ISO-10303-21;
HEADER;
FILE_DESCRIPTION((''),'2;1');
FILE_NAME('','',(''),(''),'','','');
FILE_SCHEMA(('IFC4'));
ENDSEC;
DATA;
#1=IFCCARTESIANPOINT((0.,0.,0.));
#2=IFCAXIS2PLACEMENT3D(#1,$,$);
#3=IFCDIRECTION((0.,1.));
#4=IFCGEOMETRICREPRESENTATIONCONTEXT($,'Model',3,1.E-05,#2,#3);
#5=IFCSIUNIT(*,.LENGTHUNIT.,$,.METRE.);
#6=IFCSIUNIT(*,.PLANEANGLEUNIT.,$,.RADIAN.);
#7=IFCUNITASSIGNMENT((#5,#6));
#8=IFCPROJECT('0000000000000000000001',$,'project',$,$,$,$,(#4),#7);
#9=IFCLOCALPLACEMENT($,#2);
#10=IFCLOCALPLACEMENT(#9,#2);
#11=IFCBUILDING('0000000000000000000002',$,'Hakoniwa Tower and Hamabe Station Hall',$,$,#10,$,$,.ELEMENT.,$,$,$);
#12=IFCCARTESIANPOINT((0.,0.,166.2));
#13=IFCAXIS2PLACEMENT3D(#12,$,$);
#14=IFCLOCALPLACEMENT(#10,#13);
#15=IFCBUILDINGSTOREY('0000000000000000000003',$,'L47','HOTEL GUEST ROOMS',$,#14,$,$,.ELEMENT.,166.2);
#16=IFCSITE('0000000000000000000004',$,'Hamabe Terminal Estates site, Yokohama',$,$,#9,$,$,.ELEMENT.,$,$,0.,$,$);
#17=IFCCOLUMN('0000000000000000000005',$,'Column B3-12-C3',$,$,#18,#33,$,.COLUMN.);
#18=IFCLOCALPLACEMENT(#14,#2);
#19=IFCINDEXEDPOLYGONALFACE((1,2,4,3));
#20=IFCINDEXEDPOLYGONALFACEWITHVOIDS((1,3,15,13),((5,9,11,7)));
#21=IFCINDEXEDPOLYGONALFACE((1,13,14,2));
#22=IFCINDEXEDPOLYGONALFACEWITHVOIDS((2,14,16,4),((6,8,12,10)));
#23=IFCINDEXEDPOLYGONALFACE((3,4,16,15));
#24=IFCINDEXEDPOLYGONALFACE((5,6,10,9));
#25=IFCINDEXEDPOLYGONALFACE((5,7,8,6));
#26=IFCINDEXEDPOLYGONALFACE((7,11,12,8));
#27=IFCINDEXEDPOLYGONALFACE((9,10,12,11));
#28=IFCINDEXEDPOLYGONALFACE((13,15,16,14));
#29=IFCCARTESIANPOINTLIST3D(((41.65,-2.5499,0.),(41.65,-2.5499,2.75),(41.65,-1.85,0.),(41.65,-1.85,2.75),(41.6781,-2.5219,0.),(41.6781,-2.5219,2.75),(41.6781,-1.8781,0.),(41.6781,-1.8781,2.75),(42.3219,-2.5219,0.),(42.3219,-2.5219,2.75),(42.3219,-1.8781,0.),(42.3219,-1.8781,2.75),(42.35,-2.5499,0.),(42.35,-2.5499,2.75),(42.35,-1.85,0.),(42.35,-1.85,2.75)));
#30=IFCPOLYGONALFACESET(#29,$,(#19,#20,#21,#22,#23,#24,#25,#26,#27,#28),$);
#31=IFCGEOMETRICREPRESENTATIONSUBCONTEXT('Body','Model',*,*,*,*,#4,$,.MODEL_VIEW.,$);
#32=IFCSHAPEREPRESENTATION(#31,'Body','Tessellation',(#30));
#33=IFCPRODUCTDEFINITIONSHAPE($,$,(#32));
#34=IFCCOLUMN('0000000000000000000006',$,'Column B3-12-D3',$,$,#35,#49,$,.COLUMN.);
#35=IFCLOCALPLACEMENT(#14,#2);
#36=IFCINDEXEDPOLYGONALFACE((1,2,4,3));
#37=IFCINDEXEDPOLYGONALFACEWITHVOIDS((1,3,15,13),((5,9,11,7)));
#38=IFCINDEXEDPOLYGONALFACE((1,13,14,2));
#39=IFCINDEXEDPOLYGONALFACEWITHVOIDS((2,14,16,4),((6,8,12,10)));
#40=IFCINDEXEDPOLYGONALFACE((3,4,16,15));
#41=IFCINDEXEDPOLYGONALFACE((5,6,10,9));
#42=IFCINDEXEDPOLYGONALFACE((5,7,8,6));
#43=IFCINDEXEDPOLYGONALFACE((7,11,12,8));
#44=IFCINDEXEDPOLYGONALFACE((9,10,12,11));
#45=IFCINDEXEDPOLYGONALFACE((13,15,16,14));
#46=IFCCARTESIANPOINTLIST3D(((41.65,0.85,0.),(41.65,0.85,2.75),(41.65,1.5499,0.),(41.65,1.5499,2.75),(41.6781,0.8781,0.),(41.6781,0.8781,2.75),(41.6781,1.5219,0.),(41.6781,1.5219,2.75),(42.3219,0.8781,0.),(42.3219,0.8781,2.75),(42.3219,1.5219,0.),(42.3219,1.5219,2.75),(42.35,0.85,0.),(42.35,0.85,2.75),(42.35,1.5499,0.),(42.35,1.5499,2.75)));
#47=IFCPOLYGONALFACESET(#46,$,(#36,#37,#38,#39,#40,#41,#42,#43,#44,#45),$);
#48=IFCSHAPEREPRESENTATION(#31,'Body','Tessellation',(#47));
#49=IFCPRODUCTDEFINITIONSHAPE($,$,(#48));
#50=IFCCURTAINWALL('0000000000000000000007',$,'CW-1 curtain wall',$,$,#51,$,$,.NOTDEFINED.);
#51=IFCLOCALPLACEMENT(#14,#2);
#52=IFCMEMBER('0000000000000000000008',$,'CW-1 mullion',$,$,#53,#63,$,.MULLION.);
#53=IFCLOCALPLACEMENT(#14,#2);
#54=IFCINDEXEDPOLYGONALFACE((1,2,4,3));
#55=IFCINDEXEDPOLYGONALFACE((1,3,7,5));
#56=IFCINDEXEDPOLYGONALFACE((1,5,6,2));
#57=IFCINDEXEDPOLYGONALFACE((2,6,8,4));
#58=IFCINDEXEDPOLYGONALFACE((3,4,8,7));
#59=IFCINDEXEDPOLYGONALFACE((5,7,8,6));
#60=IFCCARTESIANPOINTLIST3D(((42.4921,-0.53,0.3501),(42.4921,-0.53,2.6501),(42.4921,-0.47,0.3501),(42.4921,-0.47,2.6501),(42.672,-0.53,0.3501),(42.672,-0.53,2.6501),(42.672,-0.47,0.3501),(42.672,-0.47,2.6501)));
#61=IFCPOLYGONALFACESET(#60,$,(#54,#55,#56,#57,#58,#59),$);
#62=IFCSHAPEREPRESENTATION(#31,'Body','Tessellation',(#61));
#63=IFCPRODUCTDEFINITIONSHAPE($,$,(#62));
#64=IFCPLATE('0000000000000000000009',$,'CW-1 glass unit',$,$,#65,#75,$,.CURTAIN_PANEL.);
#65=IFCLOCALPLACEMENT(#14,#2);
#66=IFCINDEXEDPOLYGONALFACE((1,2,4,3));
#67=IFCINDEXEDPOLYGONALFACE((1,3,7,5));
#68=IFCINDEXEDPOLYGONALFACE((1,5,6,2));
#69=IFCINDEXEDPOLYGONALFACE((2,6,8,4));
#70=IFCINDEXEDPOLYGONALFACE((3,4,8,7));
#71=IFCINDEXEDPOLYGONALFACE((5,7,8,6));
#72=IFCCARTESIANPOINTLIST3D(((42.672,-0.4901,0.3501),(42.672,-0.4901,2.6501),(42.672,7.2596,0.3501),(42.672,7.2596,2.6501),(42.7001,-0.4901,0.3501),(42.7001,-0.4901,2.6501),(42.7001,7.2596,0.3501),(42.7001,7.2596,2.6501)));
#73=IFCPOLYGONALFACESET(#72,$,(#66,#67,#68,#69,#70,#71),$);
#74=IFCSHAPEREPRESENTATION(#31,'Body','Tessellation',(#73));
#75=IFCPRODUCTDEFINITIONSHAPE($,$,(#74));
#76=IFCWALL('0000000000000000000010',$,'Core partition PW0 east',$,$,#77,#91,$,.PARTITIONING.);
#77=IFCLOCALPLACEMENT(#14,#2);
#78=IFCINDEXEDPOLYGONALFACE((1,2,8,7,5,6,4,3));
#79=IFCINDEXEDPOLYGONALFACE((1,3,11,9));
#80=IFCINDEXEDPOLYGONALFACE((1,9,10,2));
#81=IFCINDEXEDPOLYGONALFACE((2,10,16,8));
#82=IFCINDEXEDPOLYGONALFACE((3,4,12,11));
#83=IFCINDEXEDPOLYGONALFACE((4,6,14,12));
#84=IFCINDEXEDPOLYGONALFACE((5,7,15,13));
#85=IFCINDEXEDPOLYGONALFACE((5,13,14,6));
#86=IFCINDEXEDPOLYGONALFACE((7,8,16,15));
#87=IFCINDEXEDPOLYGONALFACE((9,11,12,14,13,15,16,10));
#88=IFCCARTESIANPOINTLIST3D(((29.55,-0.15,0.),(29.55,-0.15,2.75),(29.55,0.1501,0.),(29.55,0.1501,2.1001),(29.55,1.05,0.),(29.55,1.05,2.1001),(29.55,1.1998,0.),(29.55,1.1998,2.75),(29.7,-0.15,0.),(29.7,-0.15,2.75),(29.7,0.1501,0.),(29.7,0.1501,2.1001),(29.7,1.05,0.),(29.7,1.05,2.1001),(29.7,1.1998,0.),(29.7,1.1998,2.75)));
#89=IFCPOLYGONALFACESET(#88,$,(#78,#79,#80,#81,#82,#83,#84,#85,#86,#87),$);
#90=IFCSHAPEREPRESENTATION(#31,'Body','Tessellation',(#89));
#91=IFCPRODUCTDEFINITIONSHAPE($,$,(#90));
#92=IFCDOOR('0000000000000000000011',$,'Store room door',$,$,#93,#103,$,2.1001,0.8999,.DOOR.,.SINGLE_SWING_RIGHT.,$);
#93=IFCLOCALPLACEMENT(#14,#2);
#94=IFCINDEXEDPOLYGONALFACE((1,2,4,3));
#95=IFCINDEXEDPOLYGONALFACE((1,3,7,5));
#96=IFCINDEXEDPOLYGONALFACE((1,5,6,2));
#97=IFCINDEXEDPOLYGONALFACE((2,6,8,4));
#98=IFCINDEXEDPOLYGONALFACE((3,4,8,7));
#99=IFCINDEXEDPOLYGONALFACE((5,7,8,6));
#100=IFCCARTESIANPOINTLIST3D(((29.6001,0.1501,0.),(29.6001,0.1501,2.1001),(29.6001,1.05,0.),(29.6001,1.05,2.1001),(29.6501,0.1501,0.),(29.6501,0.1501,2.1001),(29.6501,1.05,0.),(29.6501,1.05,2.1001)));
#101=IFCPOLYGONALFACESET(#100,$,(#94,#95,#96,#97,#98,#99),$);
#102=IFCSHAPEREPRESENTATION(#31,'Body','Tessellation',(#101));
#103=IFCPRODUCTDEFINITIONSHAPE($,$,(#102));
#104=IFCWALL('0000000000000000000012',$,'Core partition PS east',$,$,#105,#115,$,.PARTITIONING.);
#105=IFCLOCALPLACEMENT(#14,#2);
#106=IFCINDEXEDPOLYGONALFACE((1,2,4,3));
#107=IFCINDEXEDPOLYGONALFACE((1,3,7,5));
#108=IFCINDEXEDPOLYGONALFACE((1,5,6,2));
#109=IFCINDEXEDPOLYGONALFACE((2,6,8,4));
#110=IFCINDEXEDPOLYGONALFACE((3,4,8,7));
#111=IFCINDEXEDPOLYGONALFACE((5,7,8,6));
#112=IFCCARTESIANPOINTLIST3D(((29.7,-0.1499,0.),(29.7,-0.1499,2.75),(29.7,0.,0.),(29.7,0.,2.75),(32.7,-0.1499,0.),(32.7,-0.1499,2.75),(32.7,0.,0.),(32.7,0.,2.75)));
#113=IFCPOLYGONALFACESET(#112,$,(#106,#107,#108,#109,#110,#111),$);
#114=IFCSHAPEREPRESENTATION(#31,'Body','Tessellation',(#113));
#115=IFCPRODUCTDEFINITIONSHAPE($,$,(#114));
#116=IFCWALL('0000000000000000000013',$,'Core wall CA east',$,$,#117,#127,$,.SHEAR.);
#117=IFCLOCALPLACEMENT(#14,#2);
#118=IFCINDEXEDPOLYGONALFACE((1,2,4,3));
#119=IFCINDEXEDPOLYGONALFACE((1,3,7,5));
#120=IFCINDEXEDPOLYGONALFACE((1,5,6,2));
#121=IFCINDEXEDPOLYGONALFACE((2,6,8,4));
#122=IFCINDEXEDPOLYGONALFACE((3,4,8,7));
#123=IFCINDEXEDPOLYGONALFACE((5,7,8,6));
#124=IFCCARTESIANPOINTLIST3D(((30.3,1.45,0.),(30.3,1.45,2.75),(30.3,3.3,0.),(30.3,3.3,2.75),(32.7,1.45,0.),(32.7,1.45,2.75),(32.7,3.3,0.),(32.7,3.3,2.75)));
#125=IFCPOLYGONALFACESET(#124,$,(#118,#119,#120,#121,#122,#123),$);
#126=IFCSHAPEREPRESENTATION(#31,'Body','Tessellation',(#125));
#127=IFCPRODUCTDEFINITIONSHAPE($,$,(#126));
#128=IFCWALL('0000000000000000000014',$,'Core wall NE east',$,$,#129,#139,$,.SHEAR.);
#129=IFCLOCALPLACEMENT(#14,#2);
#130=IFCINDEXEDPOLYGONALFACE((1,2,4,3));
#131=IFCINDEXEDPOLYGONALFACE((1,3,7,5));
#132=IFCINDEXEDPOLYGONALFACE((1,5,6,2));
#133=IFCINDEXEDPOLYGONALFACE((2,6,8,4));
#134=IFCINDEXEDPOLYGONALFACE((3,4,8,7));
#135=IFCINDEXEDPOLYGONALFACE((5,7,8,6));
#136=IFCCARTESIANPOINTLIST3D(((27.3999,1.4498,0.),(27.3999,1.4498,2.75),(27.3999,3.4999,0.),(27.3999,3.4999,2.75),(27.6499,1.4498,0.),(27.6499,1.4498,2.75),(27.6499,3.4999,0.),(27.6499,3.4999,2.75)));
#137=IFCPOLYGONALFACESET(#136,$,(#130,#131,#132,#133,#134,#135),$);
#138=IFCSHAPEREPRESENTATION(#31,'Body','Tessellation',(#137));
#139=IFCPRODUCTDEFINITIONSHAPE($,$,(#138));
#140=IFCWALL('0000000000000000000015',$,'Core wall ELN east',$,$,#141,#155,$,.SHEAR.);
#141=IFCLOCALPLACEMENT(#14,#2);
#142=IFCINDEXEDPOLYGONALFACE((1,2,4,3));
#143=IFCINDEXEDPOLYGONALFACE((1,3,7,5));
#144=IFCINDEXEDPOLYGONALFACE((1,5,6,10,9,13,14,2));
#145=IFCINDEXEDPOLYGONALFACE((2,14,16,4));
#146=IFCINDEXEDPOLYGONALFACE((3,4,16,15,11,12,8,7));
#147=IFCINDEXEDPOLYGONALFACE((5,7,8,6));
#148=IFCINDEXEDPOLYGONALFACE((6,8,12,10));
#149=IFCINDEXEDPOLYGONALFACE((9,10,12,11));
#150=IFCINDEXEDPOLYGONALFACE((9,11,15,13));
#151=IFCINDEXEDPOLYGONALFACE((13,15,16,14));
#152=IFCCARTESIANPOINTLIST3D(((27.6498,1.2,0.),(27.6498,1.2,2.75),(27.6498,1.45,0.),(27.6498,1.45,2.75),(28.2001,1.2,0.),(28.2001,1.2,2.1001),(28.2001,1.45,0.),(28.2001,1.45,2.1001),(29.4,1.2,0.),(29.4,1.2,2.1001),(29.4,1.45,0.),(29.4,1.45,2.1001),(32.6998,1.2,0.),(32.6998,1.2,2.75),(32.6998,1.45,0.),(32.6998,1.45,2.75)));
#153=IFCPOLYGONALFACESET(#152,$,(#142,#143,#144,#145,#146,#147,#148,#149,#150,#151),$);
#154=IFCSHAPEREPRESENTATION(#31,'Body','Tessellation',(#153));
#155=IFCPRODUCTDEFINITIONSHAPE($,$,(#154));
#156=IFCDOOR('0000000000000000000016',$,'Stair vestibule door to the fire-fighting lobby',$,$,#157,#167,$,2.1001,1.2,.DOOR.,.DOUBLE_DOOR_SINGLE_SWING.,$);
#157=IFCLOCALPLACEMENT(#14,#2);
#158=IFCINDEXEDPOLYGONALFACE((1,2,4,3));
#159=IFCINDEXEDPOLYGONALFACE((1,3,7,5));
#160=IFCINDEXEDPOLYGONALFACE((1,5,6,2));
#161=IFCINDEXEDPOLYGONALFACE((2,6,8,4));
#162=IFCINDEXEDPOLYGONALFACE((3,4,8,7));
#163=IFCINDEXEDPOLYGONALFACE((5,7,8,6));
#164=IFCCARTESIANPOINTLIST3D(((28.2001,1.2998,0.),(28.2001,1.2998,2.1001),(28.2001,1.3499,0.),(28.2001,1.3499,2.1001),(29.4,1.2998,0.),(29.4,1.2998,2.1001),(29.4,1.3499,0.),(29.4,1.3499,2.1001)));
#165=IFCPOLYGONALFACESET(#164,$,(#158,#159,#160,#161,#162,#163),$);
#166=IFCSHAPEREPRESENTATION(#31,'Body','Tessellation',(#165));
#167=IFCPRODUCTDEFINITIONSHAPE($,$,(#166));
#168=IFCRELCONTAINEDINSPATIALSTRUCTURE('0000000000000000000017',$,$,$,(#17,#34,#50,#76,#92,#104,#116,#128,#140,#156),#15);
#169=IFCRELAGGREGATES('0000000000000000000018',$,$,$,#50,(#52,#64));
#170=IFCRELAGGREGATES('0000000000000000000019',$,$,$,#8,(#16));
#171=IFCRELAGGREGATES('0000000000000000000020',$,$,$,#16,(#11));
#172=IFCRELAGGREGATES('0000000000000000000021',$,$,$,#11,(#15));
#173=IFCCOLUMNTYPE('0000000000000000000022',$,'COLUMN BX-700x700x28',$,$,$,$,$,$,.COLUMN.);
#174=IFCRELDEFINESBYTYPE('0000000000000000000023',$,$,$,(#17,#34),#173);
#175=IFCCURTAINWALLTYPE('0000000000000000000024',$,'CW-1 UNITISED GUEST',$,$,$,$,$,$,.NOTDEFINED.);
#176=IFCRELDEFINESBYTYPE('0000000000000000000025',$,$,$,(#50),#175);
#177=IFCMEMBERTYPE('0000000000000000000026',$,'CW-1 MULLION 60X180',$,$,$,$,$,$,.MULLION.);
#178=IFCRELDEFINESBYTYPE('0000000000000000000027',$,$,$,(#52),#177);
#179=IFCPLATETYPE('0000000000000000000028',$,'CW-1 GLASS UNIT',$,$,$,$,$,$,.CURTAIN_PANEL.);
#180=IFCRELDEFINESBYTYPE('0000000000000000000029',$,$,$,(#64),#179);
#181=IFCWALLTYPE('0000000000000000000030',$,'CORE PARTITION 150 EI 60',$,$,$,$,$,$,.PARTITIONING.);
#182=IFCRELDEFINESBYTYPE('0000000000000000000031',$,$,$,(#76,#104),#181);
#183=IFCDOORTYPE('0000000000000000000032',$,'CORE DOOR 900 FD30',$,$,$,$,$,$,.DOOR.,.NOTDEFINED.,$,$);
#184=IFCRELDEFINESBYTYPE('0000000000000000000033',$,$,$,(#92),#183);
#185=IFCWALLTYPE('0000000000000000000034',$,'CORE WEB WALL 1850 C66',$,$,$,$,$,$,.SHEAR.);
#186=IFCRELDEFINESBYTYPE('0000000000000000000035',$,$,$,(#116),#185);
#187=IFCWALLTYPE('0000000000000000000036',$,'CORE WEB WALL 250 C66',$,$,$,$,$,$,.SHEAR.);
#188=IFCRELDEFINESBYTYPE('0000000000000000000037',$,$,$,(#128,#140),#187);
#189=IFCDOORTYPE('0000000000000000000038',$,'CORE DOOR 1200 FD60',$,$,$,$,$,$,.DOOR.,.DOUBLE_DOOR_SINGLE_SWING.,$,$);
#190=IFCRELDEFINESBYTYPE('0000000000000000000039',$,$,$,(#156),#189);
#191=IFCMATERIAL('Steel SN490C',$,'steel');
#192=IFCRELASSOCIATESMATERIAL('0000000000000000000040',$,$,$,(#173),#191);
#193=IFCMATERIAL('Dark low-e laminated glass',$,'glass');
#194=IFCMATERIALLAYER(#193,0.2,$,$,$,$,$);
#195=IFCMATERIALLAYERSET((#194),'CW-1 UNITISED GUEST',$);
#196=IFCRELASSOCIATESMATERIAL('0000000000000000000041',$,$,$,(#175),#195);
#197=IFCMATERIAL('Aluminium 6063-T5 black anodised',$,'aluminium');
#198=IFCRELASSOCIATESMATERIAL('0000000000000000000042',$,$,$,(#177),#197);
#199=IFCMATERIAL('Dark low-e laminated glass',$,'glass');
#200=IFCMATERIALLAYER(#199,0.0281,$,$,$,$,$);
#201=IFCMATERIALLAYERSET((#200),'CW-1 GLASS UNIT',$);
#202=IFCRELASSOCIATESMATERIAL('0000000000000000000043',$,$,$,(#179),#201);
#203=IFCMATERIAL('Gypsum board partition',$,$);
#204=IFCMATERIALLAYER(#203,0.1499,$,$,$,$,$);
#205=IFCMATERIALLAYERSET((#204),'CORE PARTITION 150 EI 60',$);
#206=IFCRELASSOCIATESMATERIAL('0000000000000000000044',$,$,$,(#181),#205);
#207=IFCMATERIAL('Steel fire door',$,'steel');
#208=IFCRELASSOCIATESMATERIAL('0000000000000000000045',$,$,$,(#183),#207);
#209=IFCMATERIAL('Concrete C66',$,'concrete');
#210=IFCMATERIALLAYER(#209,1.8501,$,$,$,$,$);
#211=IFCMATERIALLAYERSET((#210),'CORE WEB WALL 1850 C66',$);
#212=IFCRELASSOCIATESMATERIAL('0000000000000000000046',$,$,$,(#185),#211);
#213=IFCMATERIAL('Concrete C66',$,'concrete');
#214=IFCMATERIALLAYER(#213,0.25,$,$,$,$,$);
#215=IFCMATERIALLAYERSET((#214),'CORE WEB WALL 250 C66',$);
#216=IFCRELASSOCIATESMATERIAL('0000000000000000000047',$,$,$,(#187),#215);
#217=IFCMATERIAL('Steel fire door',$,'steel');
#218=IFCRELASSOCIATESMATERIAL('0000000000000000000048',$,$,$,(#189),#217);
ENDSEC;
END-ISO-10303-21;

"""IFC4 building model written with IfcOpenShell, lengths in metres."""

from ifc_helpers import new_model, si_unit, direction, frame, frame_2d, origin, origin_2d, place, context, subcontext, project, spatial, rectangle, hollow_rectangle, extrude, material, layer, layer_set, material_profile, profile_set, type_object, element, fill, aggregate, save


model = new_model("IFC4")

# Units and contexts
model_context = context("Model", 3, precision=1e-05, world=origin(), true_north=direction((0.0, 1.0)))
body_context = subcontext(model_context, "Body", "Model", "MODEL_VIEW")
ifc_project = project(units=[si_unit("LENGTHUNIT", "METRE"), si_unit("PLANEANGLEUNIT", "RADIAN")], contexts=[model_context])

# Site, building, storey
site_placement = place(None, origin())
site = spatial("IfcSite", under=ifc_project, at=site_placement, Name="Hamabe Terminal Estates site, Yokohama", CompositionType="ELEMENT", RefElevation=0.0)
building_placement = place(site_placement, origin())
building = spatial("IfcBuilding", under=site, at=building_placement, Name="Hakoniwa Tower and Hamabe Station Hall", CompositionType="ELEMENT")
storey_placement = place(building_placement, frame((0.0, 0.0, 166.2)))
storey = spatial("IfcBuildingStorey", under=building, at=storey_placement, Name="L47", Description="HOTEL GUEST ROOMS", CompositionType="ELEMENT", Elevation=166.2)

# Columns
ifc_material_1 = material(Name="Steel SN490C", Category="steel")
ifc_material_profile_1 = material_profile(ifc_material_1, hollow_rectangle(XDim=0.7, YDim=0.7, WallThickness=0.0281, at=origin_2d()), Name="BX-700x700x28")
ifc_profile_set_1 = profile_set([ifc_material_profile_1], Name="Steel SN490C")
column_type = type_object("IfcColumnType", Name="COLUMN BX-700x700x28", PredefinedType="COLUMN", material=ifc_profile_set_1)
for number, where, z_axis, x_axis, name in (
    (1, (42.0, -2.2, 0.0), (0.0, 0.0, 1.0), (1.0, 0.0, 0.0), "Column B3-12-C3"),
    (2, (42.0, 1.2, 0.0), (0.0, 0.0, 1.0), (1.0, 0.0, 0.0), "Column B3-12-D3"),
):
    element("IfcColumn", number, at=place(storey_placement, frame(where, z_axis=z_axis, x_axis=x_axis)), inside=storey, type_object=column_type, Name=name, PredefinedType="COLUMN", context=body_context, shape_type="SweptSolid", body=[
        extrude(hollow_rectangle(XDim=0.7, YDim=0.7, WallThickness=0.0281, at=origin_2d()), origin(), (0.0, 0.0, 1.0), 2.75),
    ])

# Curtain wall, member, plate
ifc_material_2 = material(Name="Dark low-e laminated glass", Category="glass")
ifc_layer_1 = layer(ifc_material_2, 0.2)
ifc_layer_set_1 = layer_set([ifc_layer_1], Name="CW-1 UNITISED GUEST")
curtain_wall_type = type_object("IfcCurtainWallType", Name="CW-1 UNITISED GUEST", PredefinedType="NOTDEFINED", material=ifc_layer_set_1)
curtain_wall_placement = place(storey_placement, origin())
curtain_wall = element("IfcCurtainWall", 3, at=curtain_wall_placement, inside=storey, type_object=curtain_wall_type, Name="CW-1 curtain wall", PredefinedType="NOTDEFINED")
ifc_material_3 = material(Name="Aluminium 6063-T5 black anodised", Category="aluminium")
ifc_material_profile_2 = material_profile(ifc_material_3, rectangle(XDim=0.0601, YDim=0.1799, at=origin_2d()), Name="CW-1 MULLION 60X180")
ifc_profile_set_2 = profile_set([ifc_material_profile_2], Name="Aluminium 6063-T5 black anodised")
member_type = type_object("IfcMemberType", Name="CW-1 MULLION 60X180", PredefinedType="MULLION", material=ifc_profile_set_2)
member_placement = place(storey_placement, frame((42.582, -0.5, 0.3501), z_axis=(0.0, 0.0, 1.0), x_axis=(0.0, 1.0, 0.0)))
member = element("IfcMember", 4, at=member_placement, type_object=member_type, Name="CW-1 mullion", PredefinedType="MULLION", context=body_context, shape_type="SweptSolid", body=[
    extrude(rectangle(XDim=0.0601, YDim=0.1799, at=origin_2d()), origin(), (0.0, 0.0, 1.0), 2.3),
])
ifc_material_4 = material(Name="Dark low-e laminated glass", Category="glass")
ifc_layer_2 = layer(ifc_material_4, 0.0281)
ifc_layer_set_2 = layer_set([ifc_layer_2], Name="CW-1 GLASS UNIT")
plate_type = type_object("IfcPlateType", Name="CW-1 GLASS UNIT", PredefinedType="CURTAIN_PANEL", material=ifc_layer_set_2)
plate_placement = place(storey_placement, frame((42.686, 3.3848, 0.3501), z_axis=(0.0, 0.0, 1.0), x_axis=(0.0, 1.0, 0.0)))
plate = element("IfcPlate", 5, at=plate_placement, type_object=plate_type, Name="CW-1 glass unit", PredefinedType="CURTAIN_PANEL", context=body_context, shape_type="SweptSolid", body=[
    extrude(rectangle(XDim=7.7498, YDim=0.0281, at=origin_2d()), origin(), (0.0, 0.0, 1.0), 2.3),
])
aggregate(curtain_wall, [member, plate])

# Wall, opening, door
ifc_material_5 = material(Name="Gypsum board partition")
ifc_layer_3 = layer(ifc_material_5, 0.1499)
ifc_layer_set_3 = layer_set([ifc_layer_3], Name="CORE PARTITION 150 EI 60")
wall_type_1 = type_object("IfcWallType", Name="CORE PARTITION 150 EI 60", PredefinedType="PARTITIONING", material=ifc_layer_set_3)
wall_1_placement = place(storey_placement, frame((29.625, -0.1499, 0.0), z_axis=(0.0, 0.0, 1.0), x_axis=(0.0, 1.0, 0.0)))
wall_1 = element("IfcWall", 6, at=wall_1_placement, inside=storey, type_object=wall_type_1, Name="Core partition PW0 east", PredefinedType="PARTITIONING", context=body_context, shape_type="SweptSolid", body=[
    extrude(rectangle(XDim=1.3499, YDim=0.1499, at=frame_2d((0.6748, 0.0))), origin(), (0.0, 0.0, 1.0), 2.75),
])
opening_1_placement = place(wall_1_placement, frame((0.3, 0.0, 0.0)))
opening_1 = element("IfcOpeningElement", 7, at=opening_1_placement, cuts=wall_1, PredefinedType="OPENING", context=body_context, shape_type="SweptSolid", body=[
    extrude(rectangle(XDim=0.8999, YDim=2.1001, at=frame_2d((0.45, 1.05))), frame((0.0, 0.085, 0.0), z_axis=(0.0, -1.0, 0.0), x_axis=(1.0, 0.0, 0.0)), (0.0, 0.0, 1.0), 0.1699),
])
ifc_material_6 = material(Name="Steel fire door", Category="steel")
door_type_1 = type_object("IfcDoorType", Name="CORE DOOR 900 FD30", OperationType="NOTDEFINED", PredefinedType="DOOR", material=ifc_material_6)
door_1_placement = place(opening_1_placement, origin())
door_1 = element("IfcDoor", 8, at=door_1_placement, inside=storey, type_object=door_type_1, Name="Store room door", OperationType="SINGLE_SWING_RIGHT", OverallHeight=2.1001, OverallWidth=0.8999, PredefinedType="DOOR", context=body_context, shape_type="SweptSolid", body=[
    extrude(rectangle(XDim=0.8999, YDim=2.1001, at=frame_2d((0.45, 1.05))), frame((0.0, 0.0249, 0.0), z_axis=(0.0, -1.0, 0.0), x_axis=(1.0, 0.0, 0.0)), (0.0, 0.0, 1.0), 0.05),
])
fill(opening_1, door_1)

# Walls
wall_2_placement = place(storey_placement, frame((29.7, -0.075, 0.0), z_axis=(0.0, 0.0, 1.0), x_axis=(1.0, 0.0, 0.0)))
element("IfcWall", 9, at=wall_2_placement, inside=storey, type_object=wall_type_1, Name="Core partition PS east", PredefinedType="PARTITIONING", context=body_context, shape_type="SweptSolid", body=[
    extrude(rectangle(XDim=3.0, YDim=0.1499, at=frame_2d((1.5, 0.0))), origin(), (0.0, 0.0, 1.0), 2.75),
])
ifc_material_7 = material(Name="Concrete C66", Category="concrete")
ifc_layer_4 = layer(ifc_material_7, 1.8501)
ifc_layer_set_4 = layer_set([ifc_layer_4], Name="CORE WEB WALL 1850 C66")
wall_type_2 = type_object("IfcWallType", Name="CORE WEB WALL 1850 C66", PredefinedType="SHEAR", material=ifc_layer_set_4)
wall_3_placement = place(storey_placement, frame((30.3, 2.375, 0.0), z_axis=(0.0, 0.0, 1.0), x_axis=(1.0, 0.0, 0.0)))
element("IfcWall", 10, at=wall_3_placement, inside=storey, type_object=wall_type_2, Name="Core wall CA east", PredefinedType="SHEAR", context=body_context, shape_type="SweptSolid", body=[
    extrude(rectangle(XDim=2.3999, YDim=1.8501, at=frame_2d((1.2, 0.0))), origin(), (0.0, 0.0, 1.0), 2.75),
])
ifc_material_8 = material(Name="Concrete C66", Category="concrete")
ifc_layer_5 = layer(ifc_material_8, 0.25)
ifc_layer_set_5 = layer_set([ifc_layer_5], Name="CORE WEB WALL 250 C66")
wall_type_3 = type_object("IfcWallType", Name="CORE WEB WALL 250 C66", PredefinedType="SHEAR", material=ifc_layer_set_5)
wall_4_placement = place(storey_placement, frame((27.5249, 1.45, 0.0), z_axis=(0.0, 0.0, 1.0), x_axis=(0.0, 1.0, 0.0)))
element("IfcWall", 11, at=wall_4_placement, inside=storey, type_object=wall_type_3, Name="Core wall NE east", PredefinedType="SHEAR", context=body_context, shape_type="SweptSolid", body=[
    extrude(rectangle(XDim=2.05, YDim=0.25, at=frame_2d((1.0249, 0.0))), origin(), (0.0, 0.0, 1.0), 2.75),
])

# Wall, opening, door
wall_5_placement = place(storey_placement, frame((27.6499, 1.325, 0.0), z_axis=(0.0, 0.0, 1.0), x_axis=(1.0, 0.0, 0.0)))
wall_5 = element("IfcWall", 12, at=wall_5_placement, inside=storey, type_object=wall_type_3, Name="Core wall ELN east", PredefinedType="SHEAR", context=body_context, shape_type="SweptSolid", body=[
    extrude(rectangle(XDim=5.05, YDim=0.25, at=frame_2d((2.5249, 0.0))), origin(), (0.0, 0.0, 1.0), 2.75),
])
opening_2_placement = place(wall_5_placement, frame((0.55, 0.0, 0.0)))
opening_2 = element("IfcOpeningElement", 13, at=opening_2_placement, cuts=wall_5, PredefinedType="OPENING", context=body_context, shape_type="SweptSolid", body=[
    extrude(rectangle(XDim=1.2, YDim=2.1001, at=frame_2d((0.6001, 1.05))), frame((0.0, 0.135, 0.0), z_axis=(0.0, -1.0, 0.0), x_axis=(1.0, 0.0, 0.0)), (0.0, 0.0, 1.0), 0.27),
])
ifc_material_9 = material(Name="Steel fire door", Category="steel")
door_type_2 = type_object("IfcDoorType", Name="CORE DOOR 1200 FD60", OperationType="DOUBLE_DOOR_SINGLE_SWING", PredefinedType="DOOR", material=ifc_material_9)
door_2_placement = place(opening_2_placement, origin())
door_2 = element("IfcDoor", 14, at=door_2_placement, inside=storey, type_object=door_type_2, Name="Stair vestibule door to the fire-fighting lobby", OperationType="DOUBLE_DOOR_SINGLE_SWING", OverallHeight=2.1001, OverallWidth=1.2, PredefinedType="DOOR", context=body_context, shape_type="SweptSolid", body=[
    extrude(rectangle(XDim=1.2, YDim=2.1001, at=frame_2d((0.6001, 1.05))), frame((0.0, 0.0249, 0.0), z_axis=(0.0, -1.0, 0.0), x_axis=(1.0, 0.0, 0.0)), (0.0, 0.0, 1.0), 0.05),
])
fill(opening_2, door_2)

save(model, "model.ifc")
